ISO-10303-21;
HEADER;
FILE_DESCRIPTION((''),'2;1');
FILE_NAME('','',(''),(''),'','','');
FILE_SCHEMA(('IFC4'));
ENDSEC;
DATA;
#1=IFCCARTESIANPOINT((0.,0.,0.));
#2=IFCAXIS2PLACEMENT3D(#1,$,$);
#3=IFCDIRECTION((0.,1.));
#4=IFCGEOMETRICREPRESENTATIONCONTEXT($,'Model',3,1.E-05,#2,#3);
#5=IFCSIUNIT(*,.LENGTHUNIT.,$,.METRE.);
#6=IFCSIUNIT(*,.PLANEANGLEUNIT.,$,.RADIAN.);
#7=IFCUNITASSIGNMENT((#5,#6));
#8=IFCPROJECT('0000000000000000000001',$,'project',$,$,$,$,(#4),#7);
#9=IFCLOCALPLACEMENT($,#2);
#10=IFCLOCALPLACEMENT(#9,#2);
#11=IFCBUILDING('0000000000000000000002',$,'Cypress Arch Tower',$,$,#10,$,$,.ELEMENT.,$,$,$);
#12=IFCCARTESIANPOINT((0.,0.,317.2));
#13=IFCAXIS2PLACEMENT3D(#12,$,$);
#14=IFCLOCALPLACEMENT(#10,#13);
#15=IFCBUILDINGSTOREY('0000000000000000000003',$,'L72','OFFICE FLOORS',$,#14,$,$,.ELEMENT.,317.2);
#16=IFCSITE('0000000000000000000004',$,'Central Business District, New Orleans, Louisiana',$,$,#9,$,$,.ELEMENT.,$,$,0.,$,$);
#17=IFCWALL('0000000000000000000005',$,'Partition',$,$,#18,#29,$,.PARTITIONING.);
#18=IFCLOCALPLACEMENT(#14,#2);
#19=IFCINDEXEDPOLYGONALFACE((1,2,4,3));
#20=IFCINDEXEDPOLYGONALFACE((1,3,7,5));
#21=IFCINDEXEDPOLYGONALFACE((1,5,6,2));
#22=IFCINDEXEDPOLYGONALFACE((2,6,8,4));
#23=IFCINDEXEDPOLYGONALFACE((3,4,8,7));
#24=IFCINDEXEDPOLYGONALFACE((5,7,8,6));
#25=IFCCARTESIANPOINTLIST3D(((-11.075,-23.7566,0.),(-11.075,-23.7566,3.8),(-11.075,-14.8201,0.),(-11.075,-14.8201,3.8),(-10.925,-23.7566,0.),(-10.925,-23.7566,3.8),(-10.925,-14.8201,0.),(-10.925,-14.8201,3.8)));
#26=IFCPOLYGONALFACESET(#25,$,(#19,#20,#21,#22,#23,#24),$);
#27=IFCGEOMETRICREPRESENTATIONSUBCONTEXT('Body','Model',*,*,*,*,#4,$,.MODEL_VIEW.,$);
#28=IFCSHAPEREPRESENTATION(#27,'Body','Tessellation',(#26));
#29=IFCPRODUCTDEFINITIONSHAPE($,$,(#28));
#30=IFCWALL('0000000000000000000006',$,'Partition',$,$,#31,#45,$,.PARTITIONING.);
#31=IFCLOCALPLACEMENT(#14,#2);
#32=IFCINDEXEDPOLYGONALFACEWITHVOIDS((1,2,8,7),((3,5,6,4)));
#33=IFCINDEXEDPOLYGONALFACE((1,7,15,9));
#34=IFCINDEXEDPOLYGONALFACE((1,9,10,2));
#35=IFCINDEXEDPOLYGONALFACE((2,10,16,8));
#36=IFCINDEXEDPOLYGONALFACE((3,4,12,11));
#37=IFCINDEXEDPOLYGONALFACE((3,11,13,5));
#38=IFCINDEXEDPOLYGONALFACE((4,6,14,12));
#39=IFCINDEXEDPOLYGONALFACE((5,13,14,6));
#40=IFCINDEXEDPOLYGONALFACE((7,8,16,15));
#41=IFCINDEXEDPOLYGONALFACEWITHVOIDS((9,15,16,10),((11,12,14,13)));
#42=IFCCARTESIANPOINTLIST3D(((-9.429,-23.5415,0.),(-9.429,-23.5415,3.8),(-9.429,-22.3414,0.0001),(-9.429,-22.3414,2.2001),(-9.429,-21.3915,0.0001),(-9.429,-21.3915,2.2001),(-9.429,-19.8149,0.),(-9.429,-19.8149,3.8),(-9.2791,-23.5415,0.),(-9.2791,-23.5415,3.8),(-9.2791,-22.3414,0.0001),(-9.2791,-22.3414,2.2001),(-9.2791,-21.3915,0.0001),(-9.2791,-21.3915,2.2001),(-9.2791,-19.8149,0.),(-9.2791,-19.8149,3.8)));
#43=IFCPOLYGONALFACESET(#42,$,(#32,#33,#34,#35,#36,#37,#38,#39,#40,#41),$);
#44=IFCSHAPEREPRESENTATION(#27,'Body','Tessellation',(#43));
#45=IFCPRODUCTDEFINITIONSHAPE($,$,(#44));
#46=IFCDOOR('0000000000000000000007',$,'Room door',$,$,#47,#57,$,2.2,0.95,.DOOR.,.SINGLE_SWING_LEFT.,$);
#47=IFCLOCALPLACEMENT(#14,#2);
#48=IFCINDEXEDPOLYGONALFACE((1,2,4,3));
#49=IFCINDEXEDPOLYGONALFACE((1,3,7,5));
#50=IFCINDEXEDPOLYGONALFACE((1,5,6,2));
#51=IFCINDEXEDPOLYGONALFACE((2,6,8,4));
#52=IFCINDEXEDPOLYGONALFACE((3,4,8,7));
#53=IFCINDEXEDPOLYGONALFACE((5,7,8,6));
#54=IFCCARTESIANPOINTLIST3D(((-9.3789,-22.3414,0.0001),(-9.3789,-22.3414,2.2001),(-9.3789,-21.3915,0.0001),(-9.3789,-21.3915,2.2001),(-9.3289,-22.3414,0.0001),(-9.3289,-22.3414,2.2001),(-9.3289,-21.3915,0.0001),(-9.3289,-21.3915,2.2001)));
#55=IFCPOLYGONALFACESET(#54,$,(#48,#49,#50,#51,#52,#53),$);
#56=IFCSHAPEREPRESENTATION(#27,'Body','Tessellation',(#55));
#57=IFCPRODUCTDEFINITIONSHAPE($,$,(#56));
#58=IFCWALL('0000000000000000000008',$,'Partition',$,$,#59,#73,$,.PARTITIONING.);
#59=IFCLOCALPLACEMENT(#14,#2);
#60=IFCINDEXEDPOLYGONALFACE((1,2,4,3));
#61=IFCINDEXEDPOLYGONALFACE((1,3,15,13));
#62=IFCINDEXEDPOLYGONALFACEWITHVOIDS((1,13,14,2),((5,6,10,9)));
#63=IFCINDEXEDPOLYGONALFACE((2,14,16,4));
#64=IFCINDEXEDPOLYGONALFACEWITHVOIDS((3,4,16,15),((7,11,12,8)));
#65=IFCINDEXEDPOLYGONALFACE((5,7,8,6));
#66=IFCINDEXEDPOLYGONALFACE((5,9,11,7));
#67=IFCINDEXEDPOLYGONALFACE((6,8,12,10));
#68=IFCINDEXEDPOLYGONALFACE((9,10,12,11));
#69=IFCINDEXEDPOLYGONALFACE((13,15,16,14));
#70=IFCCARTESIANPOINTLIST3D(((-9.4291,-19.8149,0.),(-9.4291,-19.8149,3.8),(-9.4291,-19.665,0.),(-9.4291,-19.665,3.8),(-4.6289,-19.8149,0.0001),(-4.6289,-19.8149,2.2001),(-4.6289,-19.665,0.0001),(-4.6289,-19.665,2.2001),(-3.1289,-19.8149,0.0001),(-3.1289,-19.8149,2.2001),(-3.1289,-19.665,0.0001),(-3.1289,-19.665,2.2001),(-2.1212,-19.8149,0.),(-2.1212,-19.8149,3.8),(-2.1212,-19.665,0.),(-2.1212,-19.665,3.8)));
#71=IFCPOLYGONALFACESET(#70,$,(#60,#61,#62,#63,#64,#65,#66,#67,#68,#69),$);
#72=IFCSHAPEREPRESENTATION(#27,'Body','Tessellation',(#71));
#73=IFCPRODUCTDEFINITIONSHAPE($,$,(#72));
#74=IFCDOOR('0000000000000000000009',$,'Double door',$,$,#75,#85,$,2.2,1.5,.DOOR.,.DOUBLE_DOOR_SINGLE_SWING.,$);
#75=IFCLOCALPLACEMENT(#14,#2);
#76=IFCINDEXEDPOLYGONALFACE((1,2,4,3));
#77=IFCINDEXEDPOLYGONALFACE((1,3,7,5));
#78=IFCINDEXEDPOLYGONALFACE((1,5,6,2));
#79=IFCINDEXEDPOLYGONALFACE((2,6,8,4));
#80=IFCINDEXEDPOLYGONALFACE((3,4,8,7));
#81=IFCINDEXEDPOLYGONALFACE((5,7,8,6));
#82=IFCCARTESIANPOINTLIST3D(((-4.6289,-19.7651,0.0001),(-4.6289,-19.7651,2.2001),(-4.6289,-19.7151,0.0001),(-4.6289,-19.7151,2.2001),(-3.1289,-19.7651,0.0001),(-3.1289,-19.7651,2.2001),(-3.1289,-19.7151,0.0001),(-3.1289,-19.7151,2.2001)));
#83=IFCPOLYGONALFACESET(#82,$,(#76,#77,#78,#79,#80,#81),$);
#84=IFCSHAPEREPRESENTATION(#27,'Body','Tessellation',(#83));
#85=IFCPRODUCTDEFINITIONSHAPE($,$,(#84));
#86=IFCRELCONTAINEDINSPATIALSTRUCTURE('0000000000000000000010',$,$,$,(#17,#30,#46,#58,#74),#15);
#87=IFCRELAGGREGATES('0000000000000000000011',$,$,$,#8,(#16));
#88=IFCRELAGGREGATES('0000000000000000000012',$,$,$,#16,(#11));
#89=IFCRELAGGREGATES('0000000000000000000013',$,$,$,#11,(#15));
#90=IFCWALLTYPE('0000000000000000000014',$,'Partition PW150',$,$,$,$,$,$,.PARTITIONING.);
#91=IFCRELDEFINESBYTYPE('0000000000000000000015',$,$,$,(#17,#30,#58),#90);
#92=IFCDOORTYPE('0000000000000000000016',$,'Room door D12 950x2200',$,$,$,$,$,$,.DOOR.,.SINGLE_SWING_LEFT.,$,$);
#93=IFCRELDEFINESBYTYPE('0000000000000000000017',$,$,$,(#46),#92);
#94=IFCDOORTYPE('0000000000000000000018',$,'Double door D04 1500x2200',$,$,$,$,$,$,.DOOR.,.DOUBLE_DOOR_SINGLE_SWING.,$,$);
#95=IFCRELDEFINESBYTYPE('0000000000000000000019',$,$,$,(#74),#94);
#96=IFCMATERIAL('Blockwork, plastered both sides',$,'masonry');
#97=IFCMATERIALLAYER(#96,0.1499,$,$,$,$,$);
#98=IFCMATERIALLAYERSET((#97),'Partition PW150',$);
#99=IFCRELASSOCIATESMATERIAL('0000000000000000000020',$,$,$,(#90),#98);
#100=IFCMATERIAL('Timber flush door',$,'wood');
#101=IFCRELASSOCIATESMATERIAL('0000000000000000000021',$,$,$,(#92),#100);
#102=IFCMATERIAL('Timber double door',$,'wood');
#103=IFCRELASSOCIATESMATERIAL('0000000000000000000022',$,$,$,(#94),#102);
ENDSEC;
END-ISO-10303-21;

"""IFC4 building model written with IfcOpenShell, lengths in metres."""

from ifc_helpers import new_model, si_unit, direction, frame, frame_2d, origin, place, context, subcontext, project, spatial, rectangle, extrude, material, layer, layer_set, type_object, element, fill, save


model = new_model("IFC4")

# Units and contexts
model_context = context("Model", 3, precision=1e-05, world=origin(), true_north=direction((0.0, 1.0)))
body_context = subcontext(model_context, "Body", "Model", "MODEL_VIEW")
ifc_project = project(units=[si_unit("LENGTHUNIT", "METRE"), si_unit("PLANEANGLEUNIT", "RADIAN")], contexts=[model_context])

# Site, building, storey
site_placement = place(None, origin())
site = spatial("IfcSite", under=ifc_project, at=site_placement, Name="Central Business District, New Orleans, Louisiana", CompositionType="ELEMENT", RefElevation=0.0)
building_placement = place(site_placement, origin())
building = spatial("IfcBuilding", under=site, at=building_placement, Name="Cypress Arch Tower", CompositionType="ELEMENT")
storey_placement = place(building_placement, frame((0.0, 0.0, 317.2)))
storey = spatial("IfcBuildingStorey", under=building, at=storey_placement, Name="L72", Description="OFFICE FLOORS", CompositionType="ELEMENT", Elevation=317.2)

# Wall
ifc_material_1 = material(Name="Blockwork, plastered both sides", Category="masonry")
ifc_layer_1 = layer(ifc_material_1, 0.1499)
ifc_layer_set_1 = layer_set([ifc_layer_1], Name="Partition PW150")
wall_type_1 = type_object("IfcWallType", Name="Partition PW150", PredefinedType="PARTITIONING", material=ifc_layer_set_1)
wall_1_placement = place(storey_placement, frame((-11.0, -23.7566, 0.0), z_axis=(0.0, 0.0, 1.0), x_axis=(0.0, 1.0, 0.0)))
element("IfcWall", 1, at=wall_1_placement, inside=storey, type_object=wall_type_1, Name="Partition", PredefinedType="PARTITIONING", context=body_context, shape_type="SweptSolid", body=[
    extrude(rectangle(XDim=8.9365, YDim=0.1499, at=frame_2d((4.4683, 0.0))), origin(), (0.0, 0.0, 1.0), 3.8),
])

# Walls, openings, doors
wall_2_placement = place(storey_placement, frame((-9.354, -23.5415, 0.0), z_axis=(0.0, 0.0, 1.0), x_axis=(0.0, 1.0, 0.0)))
wall_2 = element("IfcWall", 2, at=wall_2_placement, inside=storey, type_object=wall_type_1, Name="Partition", PredefinedType="PARTITIONING", context=body_context, shape_type="SweptSolid", body=[
    extrude(rectangle(XDim=3.7266, YDim=0.1499, at=frame_2d((1.8633, 0.0))), origin(), (0.0, 0.0, 1.0), 3.8),
])
opening_1_placement = place(wall_2_placement, frame((1.2, 0.0, 0.0)))
opening_1 = element("IfcOpeningElement", 3, at=opening_1_placement, cuts=wall_2, PredefinedType="OPENING", context=body_context, shape_type="SweptSolid", body=[
    extrude(rectangle(XDim=0.95, YDim=2.2, at=frame_2d((0.4751, 1.1001))), frame((0.0, 0.085, 0.0), z_axis=(0.0, -1.0, 0.0), x_axis=(1.0, 0.0, 0.0)), (0.0, 0.0, 1.0), 0.1699),
])
ifc_material_2 = material(Name="Timber flush door", Category="wood")
door_type_1 = type_object("IfcDoorType", Name="Room door D12 950x2200", OperationType="SINGLE_SWING_LEFT", PredefinedType="DOOR", material=ifc_material_2)
door_1_placement = place(opening_1_placement, origin())
door_1 = element("IfcDoor", 4, at=door_1_placement, inside=storey, type_object=door_type_1, Name="Room door", OperationType="SINGLE_SWING_LEFT", OverallHeight=2.2, OverallWidth=0.95, PredefinedType="DOOR", context=body_context, shape_type="SweptSolid", body=[
    extrude(rectangle(XDim=0.95, YDim=2.2, at=frame_2d((0.4751, 1.1001))), frame((0.0, 0.0249, 0.0), z_axis=(0.0, -1.0, 0.0), x_axis=(1.0, 0.0, 0.0)), (0.0, 0.0, 1.0), 0.05),
])
fill(opening_1, door_1)
wall_3_placement = place(storey_placement, frame((-9.429, -19.74, 0.0), z_axis=(0.0, 0.0, 1.0), x_axis=(1.0, 0.0, 0.0)))
wall_3 = element("IfcWall", 5, at=wall_3_placement, inside=storey, type_object=wall_type_1, Name="Partition", PredefinedType="PARTITIONING", context=body_context, shape_type="SweptSolid", body=[
    extrude(rectangle(XDim=7.3079, YDim=0.1499, at=frame_2d((3.6538, 0.0))), origin(), (0.0, 0.0, 1.0), 3.8),
])
opening_2_placement = place(wall_3_placement, frame((4.8, 0.0, 0.0)))
opening_2 = element("IfcOpeningElement", 6, at=opening_2_placement, cuts=wall_3, PredefinedType="OPENING", context=body_context, shape_type="SweptSolid", body=[
    extrude(rectangle(XDim=1.5, YDim=2.2, at=frame_2d((0.75, 1.1001))), frame((0.0, 0.085, 0.0), z_axis=(0.0, -1.0, 0.0), x_axis=(1.0, 0.0, 0.0)), (0.0, 0.0, 1.0), 0.1699),
])
ifc_material_3 = material(Name="Timber double door", Category="wood")
door_type_2 = type_object("IfcDoorType", Name="Double door D04 1500x2200", OperationType="DOUBLE_DOOR_SINGLE_SWING", PredefinedType="DOOR", material=ifc_material_3)
door_2_placement = place(opening_2_placement, origin())
door_2 = element("IfcDoor", 7, at=door_2_placement, inside=storey, type_object=door_type_2, Name="Double door", OperationType="DOUBLE_DOOR_SINGLE_SWING", OverallHeight=2.2, OverallWidth=1.5, PredefinedType="DOOR", context=body_context, shape_type="SweptSolid", body=[
    extrude(rectangle(XDim=1.5, YDim=2.2, at=frame_2d((0.75, 1.1001))), frame((0.0, 0.0249, 0.0), z_axis=(0.0, -1.0, 0.0), x_axis=(1.0, 0.0, 0.0)), (0.0, 0.0, 1.0), 0.05),
])
fill(opening_2, door_2)

save(model, "model.ifc")
